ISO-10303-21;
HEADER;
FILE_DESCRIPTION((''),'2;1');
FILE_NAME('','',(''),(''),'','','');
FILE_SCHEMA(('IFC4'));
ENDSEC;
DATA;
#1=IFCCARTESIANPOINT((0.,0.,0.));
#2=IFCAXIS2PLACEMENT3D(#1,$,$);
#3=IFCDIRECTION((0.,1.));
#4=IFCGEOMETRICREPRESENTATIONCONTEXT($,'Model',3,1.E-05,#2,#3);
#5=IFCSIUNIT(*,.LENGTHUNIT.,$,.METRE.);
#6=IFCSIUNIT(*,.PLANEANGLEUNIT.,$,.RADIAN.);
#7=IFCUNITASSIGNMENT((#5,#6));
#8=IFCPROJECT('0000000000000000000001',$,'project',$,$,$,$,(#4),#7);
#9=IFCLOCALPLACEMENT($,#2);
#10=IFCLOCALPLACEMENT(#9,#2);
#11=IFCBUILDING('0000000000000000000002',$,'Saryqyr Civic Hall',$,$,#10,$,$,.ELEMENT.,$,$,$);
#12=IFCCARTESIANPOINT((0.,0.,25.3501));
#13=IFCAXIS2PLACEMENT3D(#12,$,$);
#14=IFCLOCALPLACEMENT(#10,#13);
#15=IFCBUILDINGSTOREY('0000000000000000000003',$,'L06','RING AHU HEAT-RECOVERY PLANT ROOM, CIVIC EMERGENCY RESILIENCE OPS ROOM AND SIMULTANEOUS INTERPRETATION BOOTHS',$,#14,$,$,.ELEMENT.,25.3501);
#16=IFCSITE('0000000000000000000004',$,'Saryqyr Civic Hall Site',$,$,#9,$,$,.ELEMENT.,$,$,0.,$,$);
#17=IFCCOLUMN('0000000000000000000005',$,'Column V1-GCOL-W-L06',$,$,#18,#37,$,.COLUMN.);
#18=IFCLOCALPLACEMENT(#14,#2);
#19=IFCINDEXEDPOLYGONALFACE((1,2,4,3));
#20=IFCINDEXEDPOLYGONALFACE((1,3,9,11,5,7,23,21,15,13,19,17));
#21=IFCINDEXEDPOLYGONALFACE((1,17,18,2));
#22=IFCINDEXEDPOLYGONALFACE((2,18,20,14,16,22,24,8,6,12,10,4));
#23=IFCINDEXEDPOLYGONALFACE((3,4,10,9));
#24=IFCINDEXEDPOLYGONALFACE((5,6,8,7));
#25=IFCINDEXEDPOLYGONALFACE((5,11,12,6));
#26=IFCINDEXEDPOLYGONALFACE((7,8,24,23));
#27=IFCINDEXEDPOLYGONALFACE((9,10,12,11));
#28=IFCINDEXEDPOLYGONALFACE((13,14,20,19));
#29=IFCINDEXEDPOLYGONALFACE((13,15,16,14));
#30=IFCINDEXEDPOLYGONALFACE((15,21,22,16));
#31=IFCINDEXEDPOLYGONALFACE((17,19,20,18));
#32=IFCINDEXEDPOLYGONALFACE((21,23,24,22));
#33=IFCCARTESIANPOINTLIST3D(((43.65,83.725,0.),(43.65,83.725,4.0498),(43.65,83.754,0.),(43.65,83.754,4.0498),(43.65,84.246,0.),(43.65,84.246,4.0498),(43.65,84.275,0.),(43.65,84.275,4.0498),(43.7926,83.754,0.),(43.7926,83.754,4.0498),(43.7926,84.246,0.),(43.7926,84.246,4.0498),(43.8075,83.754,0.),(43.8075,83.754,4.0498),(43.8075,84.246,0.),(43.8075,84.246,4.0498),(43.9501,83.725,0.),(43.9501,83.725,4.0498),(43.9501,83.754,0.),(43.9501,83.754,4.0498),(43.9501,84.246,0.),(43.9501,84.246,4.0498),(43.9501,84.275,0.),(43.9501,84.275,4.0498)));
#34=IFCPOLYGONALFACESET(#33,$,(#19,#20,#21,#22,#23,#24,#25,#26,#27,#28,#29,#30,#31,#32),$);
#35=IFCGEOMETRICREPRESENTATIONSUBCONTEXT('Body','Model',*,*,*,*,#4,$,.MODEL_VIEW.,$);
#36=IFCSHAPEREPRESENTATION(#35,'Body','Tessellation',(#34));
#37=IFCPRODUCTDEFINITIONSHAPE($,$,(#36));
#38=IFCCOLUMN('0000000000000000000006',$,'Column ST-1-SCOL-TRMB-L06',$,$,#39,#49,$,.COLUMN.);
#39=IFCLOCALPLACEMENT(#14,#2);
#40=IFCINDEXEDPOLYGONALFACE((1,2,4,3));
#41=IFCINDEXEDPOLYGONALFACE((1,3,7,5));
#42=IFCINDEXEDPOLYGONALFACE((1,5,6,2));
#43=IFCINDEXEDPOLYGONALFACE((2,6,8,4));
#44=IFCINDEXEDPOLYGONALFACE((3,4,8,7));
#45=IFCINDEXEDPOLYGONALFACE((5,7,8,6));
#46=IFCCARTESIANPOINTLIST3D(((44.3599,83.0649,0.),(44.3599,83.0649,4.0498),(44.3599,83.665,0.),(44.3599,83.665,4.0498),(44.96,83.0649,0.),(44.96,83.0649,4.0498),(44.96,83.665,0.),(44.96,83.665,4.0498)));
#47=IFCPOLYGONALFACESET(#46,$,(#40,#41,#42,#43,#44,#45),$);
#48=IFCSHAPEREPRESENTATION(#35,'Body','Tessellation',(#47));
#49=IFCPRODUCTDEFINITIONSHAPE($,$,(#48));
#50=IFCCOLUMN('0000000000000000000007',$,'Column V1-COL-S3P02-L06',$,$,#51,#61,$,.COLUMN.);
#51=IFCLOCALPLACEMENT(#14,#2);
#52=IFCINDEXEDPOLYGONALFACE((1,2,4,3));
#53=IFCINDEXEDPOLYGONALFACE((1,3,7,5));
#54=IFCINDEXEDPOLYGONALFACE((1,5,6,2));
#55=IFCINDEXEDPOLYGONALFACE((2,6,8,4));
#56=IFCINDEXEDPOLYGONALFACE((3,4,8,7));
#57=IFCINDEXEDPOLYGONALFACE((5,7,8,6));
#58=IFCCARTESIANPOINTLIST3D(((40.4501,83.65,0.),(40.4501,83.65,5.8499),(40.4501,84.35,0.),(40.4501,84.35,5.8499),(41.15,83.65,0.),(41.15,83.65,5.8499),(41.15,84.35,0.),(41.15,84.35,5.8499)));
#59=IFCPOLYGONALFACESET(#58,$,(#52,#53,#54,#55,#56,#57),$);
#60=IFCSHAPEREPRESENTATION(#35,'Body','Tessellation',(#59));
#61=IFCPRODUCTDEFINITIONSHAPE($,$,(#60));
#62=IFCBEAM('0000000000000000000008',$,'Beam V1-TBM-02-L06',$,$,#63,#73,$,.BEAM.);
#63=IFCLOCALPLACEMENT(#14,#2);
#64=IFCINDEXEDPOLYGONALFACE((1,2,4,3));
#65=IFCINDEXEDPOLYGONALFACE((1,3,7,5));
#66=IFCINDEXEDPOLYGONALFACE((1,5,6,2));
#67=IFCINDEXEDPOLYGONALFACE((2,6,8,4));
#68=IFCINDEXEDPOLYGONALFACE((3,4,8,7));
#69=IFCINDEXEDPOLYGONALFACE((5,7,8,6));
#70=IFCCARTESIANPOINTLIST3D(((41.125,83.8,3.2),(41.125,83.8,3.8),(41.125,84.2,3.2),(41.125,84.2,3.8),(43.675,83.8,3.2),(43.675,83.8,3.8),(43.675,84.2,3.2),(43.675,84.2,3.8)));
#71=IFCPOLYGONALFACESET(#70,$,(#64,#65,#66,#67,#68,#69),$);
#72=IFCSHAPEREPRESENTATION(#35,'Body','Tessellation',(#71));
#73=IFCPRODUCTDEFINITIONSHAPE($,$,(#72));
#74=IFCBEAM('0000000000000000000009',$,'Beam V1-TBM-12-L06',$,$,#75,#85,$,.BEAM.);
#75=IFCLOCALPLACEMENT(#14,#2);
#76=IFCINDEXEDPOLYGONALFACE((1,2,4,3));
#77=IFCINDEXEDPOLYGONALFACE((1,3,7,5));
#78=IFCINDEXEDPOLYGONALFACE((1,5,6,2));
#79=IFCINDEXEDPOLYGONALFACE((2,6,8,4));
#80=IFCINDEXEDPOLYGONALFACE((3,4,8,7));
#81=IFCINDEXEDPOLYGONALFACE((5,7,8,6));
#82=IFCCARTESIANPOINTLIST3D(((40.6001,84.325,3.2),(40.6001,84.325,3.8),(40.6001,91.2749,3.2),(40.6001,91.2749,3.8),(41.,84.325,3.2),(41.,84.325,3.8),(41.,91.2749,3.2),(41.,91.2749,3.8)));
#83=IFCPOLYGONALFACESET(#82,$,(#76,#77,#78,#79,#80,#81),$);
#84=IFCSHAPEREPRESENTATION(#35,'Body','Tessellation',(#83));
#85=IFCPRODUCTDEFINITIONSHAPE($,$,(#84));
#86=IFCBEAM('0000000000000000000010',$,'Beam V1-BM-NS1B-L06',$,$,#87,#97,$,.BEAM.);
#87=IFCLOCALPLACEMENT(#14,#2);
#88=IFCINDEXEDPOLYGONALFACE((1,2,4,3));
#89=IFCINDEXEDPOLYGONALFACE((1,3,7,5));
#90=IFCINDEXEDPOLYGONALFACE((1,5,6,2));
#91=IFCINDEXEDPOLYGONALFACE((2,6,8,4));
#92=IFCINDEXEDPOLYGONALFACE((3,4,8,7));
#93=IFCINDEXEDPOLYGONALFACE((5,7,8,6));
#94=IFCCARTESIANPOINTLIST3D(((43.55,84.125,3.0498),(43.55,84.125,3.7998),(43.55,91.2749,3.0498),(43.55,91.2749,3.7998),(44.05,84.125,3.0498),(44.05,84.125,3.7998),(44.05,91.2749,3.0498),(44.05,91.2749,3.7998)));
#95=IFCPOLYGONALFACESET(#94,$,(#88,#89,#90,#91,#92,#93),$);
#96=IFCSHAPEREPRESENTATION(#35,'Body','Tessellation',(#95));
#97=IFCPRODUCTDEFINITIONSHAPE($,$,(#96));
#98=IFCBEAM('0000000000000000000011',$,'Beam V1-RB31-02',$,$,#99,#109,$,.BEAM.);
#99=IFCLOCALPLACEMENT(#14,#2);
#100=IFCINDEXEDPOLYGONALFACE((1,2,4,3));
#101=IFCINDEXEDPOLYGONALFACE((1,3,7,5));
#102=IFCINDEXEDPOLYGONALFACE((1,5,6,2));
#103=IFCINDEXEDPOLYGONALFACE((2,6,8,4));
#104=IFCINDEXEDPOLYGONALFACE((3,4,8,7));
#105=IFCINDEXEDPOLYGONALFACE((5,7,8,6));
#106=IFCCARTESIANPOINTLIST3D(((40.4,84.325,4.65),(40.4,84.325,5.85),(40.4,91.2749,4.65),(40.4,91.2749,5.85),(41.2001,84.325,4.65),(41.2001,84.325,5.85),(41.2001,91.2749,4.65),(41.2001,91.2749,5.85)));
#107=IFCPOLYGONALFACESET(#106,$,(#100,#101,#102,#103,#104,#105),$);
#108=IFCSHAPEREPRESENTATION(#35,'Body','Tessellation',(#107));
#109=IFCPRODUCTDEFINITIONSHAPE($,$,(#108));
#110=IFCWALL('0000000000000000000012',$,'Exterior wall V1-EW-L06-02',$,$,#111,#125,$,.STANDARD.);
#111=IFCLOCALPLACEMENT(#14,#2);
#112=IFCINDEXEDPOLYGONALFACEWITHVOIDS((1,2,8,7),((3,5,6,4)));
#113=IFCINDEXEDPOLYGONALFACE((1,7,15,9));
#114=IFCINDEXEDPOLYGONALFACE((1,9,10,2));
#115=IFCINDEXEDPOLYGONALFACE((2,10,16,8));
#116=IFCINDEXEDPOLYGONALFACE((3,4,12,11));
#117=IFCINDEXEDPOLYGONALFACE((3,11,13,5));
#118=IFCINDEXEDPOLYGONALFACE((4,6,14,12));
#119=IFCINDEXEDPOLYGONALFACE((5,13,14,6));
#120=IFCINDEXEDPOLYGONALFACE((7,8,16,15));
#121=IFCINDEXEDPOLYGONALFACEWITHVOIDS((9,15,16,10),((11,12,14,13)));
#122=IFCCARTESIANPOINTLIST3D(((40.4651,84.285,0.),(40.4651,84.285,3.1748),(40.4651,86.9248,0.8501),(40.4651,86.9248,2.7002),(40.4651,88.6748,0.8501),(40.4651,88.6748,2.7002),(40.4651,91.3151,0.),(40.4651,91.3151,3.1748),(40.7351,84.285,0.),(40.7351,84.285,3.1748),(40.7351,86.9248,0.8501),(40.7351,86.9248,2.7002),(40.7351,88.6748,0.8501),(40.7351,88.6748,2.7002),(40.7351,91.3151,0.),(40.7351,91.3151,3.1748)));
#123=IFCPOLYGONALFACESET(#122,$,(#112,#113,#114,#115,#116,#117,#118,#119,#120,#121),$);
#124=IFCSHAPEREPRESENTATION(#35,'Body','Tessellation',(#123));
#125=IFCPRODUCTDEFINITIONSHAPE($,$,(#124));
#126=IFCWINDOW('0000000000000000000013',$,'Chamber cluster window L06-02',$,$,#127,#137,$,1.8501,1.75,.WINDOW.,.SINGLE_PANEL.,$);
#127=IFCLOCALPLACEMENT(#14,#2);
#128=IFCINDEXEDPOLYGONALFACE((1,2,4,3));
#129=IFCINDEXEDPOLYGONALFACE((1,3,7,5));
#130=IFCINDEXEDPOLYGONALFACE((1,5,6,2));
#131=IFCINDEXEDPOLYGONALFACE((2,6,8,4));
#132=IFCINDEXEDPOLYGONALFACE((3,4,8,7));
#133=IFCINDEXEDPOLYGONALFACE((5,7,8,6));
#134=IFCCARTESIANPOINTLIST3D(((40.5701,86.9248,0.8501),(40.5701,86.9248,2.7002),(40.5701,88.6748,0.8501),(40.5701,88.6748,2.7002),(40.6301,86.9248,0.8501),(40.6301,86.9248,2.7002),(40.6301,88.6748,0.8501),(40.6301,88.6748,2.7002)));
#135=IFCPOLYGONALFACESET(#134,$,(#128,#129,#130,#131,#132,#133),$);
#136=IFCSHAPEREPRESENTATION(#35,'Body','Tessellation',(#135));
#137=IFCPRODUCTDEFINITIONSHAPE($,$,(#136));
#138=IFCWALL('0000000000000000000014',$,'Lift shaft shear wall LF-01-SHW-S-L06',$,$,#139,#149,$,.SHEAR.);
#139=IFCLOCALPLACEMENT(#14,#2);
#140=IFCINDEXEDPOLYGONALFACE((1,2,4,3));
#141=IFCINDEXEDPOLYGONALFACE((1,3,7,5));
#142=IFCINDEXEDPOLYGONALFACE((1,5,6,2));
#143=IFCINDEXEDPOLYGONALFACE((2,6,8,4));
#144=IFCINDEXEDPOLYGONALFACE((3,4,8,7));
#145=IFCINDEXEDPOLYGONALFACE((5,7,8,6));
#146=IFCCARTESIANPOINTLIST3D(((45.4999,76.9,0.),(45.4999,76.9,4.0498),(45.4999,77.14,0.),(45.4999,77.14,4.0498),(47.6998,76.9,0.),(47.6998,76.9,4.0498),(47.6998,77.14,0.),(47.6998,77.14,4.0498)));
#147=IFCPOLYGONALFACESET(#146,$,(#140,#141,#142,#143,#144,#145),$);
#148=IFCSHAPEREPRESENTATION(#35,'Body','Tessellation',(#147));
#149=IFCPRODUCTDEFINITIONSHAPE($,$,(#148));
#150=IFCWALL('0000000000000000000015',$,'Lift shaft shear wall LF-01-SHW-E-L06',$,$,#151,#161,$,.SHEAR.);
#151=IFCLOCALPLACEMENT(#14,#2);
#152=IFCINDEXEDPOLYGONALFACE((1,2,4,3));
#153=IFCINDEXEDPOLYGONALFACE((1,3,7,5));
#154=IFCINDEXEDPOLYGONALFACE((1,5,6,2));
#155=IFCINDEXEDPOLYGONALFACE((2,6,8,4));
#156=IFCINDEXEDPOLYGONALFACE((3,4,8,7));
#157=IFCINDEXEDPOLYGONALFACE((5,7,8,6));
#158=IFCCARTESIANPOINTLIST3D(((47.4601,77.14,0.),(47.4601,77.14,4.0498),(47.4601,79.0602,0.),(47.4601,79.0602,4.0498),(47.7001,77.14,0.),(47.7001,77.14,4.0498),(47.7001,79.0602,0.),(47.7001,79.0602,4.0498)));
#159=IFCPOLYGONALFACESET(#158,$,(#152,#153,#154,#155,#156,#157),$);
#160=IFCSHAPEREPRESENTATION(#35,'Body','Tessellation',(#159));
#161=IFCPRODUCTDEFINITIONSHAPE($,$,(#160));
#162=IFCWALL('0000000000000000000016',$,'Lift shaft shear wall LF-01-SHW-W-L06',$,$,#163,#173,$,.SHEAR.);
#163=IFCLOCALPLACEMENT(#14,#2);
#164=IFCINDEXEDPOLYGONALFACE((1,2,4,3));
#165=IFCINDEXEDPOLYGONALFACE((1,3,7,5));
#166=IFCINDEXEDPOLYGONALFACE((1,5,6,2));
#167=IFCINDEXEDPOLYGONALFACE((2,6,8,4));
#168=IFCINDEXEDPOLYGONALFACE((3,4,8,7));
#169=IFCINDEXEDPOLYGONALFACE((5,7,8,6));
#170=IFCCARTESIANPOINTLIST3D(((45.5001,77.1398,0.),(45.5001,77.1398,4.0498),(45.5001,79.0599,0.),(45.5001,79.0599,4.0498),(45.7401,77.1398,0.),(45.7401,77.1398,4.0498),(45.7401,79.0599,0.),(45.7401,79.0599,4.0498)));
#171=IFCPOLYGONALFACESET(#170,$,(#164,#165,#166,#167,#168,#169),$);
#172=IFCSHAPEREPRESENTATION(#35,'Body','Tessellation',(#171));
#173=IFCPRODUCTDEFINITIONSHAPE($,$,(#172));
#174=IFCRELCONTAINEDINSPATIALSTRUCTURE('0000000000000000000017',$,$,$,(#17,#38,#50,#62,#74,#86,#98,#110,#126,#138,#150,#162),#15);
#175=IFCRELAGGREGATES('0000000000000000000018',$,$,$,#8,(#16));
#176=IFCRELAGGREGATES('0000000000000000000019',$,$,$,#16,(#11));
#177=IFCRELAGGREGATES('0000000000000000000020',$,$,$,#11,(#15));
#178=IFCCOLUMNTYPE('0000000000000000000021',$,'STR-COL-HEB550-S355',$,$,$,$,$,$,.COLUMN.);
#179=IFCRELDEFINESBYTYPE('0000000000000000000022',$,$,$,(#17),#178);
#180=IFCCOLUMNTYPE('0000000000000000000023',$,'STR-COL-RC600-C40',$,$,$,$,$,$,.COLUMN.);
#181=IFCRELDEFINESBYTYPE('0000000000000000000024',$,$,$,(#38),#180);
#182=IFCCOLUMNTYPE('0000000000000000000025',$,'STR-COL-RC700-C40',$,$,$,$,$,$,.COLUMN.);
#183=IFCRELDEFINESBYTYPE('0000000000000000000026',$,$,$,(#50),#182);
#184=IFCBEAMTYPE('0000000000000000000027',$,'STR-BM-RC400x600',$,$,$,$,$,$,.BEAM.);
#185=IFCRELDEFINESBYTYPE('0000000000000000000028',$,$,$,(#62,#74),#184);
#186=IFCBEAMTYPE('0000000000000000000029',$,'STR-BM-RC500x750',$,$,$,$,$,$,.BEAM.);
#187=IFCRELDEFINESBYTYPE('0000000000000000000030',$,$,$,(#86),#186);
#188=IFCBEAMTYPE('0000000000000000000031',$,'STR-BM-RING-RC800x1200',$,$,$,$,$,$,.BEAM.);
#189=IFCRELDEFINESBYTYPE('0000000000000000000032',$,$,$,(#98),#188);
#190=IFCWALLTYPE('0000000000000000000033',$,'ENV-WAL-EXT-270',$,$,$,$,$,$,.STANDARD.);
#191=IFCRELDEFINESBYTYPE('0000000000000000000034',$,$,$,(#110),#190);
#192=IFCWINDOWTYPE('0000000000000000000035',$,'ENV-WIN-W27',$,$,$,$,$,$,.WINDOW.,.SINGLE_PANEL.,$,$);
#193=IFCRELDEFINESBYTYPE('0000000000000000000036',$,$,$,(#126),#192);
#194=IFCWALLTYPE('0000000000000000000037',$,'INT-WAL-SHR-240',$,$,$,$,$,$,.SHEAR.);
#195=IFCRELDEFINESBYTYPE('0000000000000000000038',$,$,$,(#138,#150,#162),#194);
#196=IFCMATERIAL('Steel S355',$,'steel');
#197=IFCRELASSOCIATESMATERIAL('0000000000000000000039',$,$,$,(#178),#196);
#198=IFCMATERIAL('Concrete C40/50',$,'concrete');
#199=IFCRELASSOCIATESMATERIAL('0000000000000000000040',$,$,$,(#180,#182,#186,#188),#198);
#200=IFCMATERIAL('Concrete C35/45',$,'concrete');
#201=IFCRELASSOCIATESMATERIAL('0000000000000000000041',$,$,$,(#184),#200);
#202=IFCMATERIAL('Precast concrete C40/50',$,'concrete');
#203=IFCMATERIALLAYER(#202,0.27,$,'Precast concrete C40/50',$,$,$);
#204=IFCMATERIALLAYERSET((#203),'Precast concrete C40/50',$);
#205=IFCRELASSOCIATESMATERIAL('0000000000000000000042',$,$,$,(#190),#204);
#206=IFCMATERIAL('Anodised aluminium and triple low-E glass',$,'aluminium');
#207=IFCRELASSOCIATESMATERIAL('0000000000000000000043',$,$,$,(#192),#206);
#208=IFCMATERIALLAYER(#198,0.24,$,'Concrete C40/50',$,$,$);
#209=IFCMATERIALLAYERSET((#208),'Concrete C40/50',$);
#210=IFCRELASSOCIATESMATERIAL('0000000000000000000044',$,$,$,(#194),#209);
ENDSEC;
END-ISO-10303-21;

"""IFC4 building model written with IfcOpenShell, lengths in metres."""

from ifc_helpers import new_model, si_unit, direction, frame, frame_2d, origin, origin_2d, place, context, subcontext, project, spatial, rectangle, i_section, extrude, material, layer, layer_set, material_profile, profile_set, type_object, element, fill, save


model = new_model("IFC4")

# Units and contexts
model_context = context("Model", 3, precision=1e-05, world=origin(), true_north=direction((0.0, 1.0)))
body_context = subcontext(model_context, "Body", "Model", "MODEL_VIEW")
ifc_project = project(units=[si_unit("LENGTHUNIT", "METRE"), si_unit("PLANEANGLEUNIT", "RADIAN")], contexts=[model_context])

# Site, building, storey
site_placement = place(None, origin())
site = spatial("IfcSite", under=ifc_project, at=site_placement, Name="Saryqyr Civic Hall Site", CompositionType="ELEMENT", RefElevation=0.0)
building_placement = place(site_placement, origin())
building = spatial("IfcBuilding", under=site, at=building_placement, Name="Saryqyr Civic Hall", CompositionType="ELEMENT")
storey_placement = place(building_placement, frame((0.0, 0.0, 25.3501)))
storey = spatial("IfcBuildingStorey", under=building, at=storey_placement, Name="L06", Description="RING AHU HEAT-RECOVERY PLANT ROOM, CIVIC EMERGENCY RESILIENCE OPS ROOM AND SIMULTANEOUS INTERPRETATION BOOTHS", CompositionType="ELEMENT", Elevation=25.3501)

# Columns
ifc_material_1 = material(Name="Steel S355", Category="steel")
ifc_material_profile_1 = material_profile(ifc_material_1, i_section(OverallWidth=0.3, OverallDepth=0.55, WebThickness=0.0149, FlangeThickness=0.0291, at=origin_2d()), Name="HEB 550")
ifc_profile_set_1 = profile_set([ifc_material_profile_1], Name="Steel S355")
column_type_1 = type_object("IfcColumnType", Name="STR-COL-HEB550-S355", PredefinedType="COLUMN", material=ifc_profile_set_1)
column_1_placement = place(storey_placement, frame((43.8, 84.0, 0.0), z_axis=(0.0, 0.0, 1.0), x_axis=(1.0, 0.0, 0.0)))
element("IfcColumn", 1, at=column_1_placement, inside=storey, type_object=column_type_1, Name="Column V1-GCOL-W-L06", PredefinedType="COLUMN", context=body_context, shape_type="SweptSolid", body=[
    extrude(i_section(OverallWidth=0.3, OverallDepth=0.55, WebThickness=0.0149, FlangeThickness=0.0291, at=origin_2d()), origin(), (0.0, 0.0, 1.0), 4.0498),
])
ifc_material_2 = material(Name="Concrete C40/50", Category="concrete")
ifc_material_profile_2 = material_profile(ifc_material_2, rectangle(XDim=0.6001, YDim=0.6001, at=origin_2d()), Name="RC 600x600")
ifc_profile_set_2 = profile_set([ifc_material_profile_2], Name="Concrete C40/50")
column_type_2 = type_object("IfcColumnType", Name="STR-COL-RC600-C40", PredefinedType="COLUMN", material=ifc_profile_set_2)
column_2_placement = place(storey_placement, frame((44.6599, 83.365, 0.0), z_axis=(0.0, 0.0, 1.0), x_axis=(1.0, 0.0, 0.0)))
element("IfcColumn", 2, at=column_2_placement, inside=storey, type_object=column_type_2, Name="Column ST-1-SCOL-TRMB-L06", PredefinedType="COLUMN", context=body_context, shape_type="SweptSolid", body=[
    extrude(rectangle(XDim=0.6001, YDim=0.6001, at=origin_2d()), origin(), (0.0, 0.0, 1.0), 4.0498),
])
ifc_material_profile_3 = material_profile(ifc_material_2, rectangle(XDim=0.7, YDim=0.7, at=origin_2d()), Name="RC 700x700")
ifc_profile_set_3 = profile_set([ifc_material_profile_3], Name="Concrete C40/50")
column_type_3 = type_object("IfcColumnType", Name="STR-COL-RC700-C40", PredefinedType="COLUMN", material=ifc_profile_set_3)
column_3_placement = place(storey_placement, frame((40.8, 84.0, 0.0), z_axis=(0.0, 0.0, 1.0), x_axis=(1.0, 0.0, 0.0)))
element("IfcColumn", 3, at=column_3_placement, inside=storey, type_object=column_type_3, Name="Column V1-COL-S3P02-L06", PredefinedType="COLUMN", context=body_context, shape_type="SweptSolid", body=[
    extrude(rectangle(XDim=0.7, YDim=0.7, at=origin_2d()), origin(), (0.0, 0.0, 1.0), 5.8499),
])

# Beams
ifc_material_3 = material(Name="Concrete C35/45", Category="concrete")
ifc_material_profile_4 = material_profile(ifc_material_3, rectangle(XDim=0.3999, YDim=0.6001, at=origin_2d()), Name="RC 400x600")
ifc_profile_set_4 = profile_set([ifc_material_profile_4], Name="Concrete C35/45")
beam_type_1 = type_object("IfcBeamType", Name="STR-BM-RC400x600", PredefinedType="BEAM", material=ifc_profile_set_4)
beam_1_placement = place(storey_placement, frame((41.125, 84.0, 3.5), z_axis=(1.0, 0.0, 0.0), x_axis=(0.0, 1.0, 0.0)))
element("IfcBeam", 4, at=beam_1_placement, inside=storey, type_object=beam_type_1, Name="Beam V1-TBM-02-L06", PredefinedType="BEAM", context=body_context, shape_type="SweptSolid", body=[
    extrude(rectangle(XDim=0.3999, YDim=0.6001, at=origin_2d()), origin(), (0.0, 0.0, 1.0), 2.55),
])
beam_2_placement = place(storey_placement, frame((40.8, 84.325, 3.5), z_axis=(0.0, 1.0, 0.0), x_axis=(-1.0, 0.0, 0.0)))
element("IfcBeam", 5, at=beam_2_placement, inside=storey, type_object=beam_type_1, Name="Beam V1-TBM-12-L06", PredefinedType="BEAM", context=body_context, shape_type="SweptSolid", body=[
    extrude(rectangle(XDim=0.3999, YDim=0.6001, at=origin_2d()), origin(), (0.0, 0.0, 1.0), 6.95),
])
ifc_material_profile_5 = material_profile(ifc_material_2, rectangle(XDim=0.5, YDim=0.75, at=origin_2d()), Name="RC 500x750")
ifc_profile_set_5 = profile_set([ifc_material_profile_5], Name="Concrete C40/50")
beam_type_2 = type_object("IfcBeamType", Name="STR-BM-RC500x750", PredefinedType="BEAM", material=ifc_profile_set_5)
beam_3_placement = place(storey_placement, frame((43.8, 84.125, 3.4248), z_axis=(0.0, 1.0, 0.0), x_axis=(-1.0, 0.0, 0.0)))
element("IfcBeam", 6, at=beam_3_placement, inside=storey, type_object=beam_type_2, Name="Beam V1-BM-NS1B-L06", PredefinedType="BEAM", context=body_context, shape_type="SweptSolid", body=[
    extrude(rectangle(XDim=0.5, YDim=0.75, at=origin_2d()), origin(), (0.0, 0.0, 1.0), 7.1499),
])
ifc_material_profile_6 = material_profile(ifc_material_2, rectangle(XDim=0.8, YDim=1.2, at=origin_2d()), Name="RC 800x1200")
ifc_profile_set_6 = profile_set([ifc_material_profile_6], Name="Concrete C40/50")
beam_type_3 = type_object("IfcBeamType", Name="STR-BM-RING-RC800x1200", PredefinedType="BEAM", material=ifc_profile_set_6)
beam_4_placement = place(storey_placement, frame((40.8, 84.325, 5.25), z_axis=(0.0, 1.0, 0.0), x_axis=(-1.0, 0.0, 0.0)))
element("IfcBeam", 7, at=beam_4_placement, inside=storey, type_object=beam_type_3, Name="Beam V1-RB31-02", PredefinedType="BEAM", context=body_context, shape_type="SweptSolid", body=[
    extrude(rectangle(XDim=0.8, YDim=1.2, at=origin_2d()), origin(), (0.0, 0.0, 1.0), 6.95),
])

# Wall, opening, window
ifc_material_4 = material(Name="Precast concrete C40/50", Category="concrete")
ifc_layer_1 = layer(ifc_material_4, 0.27, Name="Precast concrete C40/50")
ifc_layer_set_1 = layer_set([ifc_layer_1], Name="Precast concrete C40/50")
wall_type_1 = type_object("IfcWallType", Name="ENV-WAL-EXT-270", PredefinedType="STANDARD", material=ifc_layer_set_1)
wall_1_placement = place(storey_placement, frame((40.6001, 84.2849, 0.0), z_axis=(0.0, 0.0, 1.0), x_axis=(0.0, 1.0, 0.0)))
wall_1 = element("IfcWall", 8, at=wall_1_placement, inside=storey, type_object=wall_type_1, Name="Exterior wall V1-EW-L06-02", PredefinedType="STANDARD", context=body_context, shape_type="SweptSolid", body=[
    extrude(rectangle(XDim=7.03, YDim=0.27, at=frame_2d((3.5151, 0.0))), origin(), (0.0, 0.0, 1.0), 3.1748),
])
opening_1_placement = place(wall_1_placement, frame((2.6399, 0.0, 0.8501)))
opening_1 = element("IfcOpeningElement", 9, at=opening_1_placement, cuts=wall_1, PredefinedType="OPENING", context=body_context, shape_type="SweptSolid", body=[
    extrude(rectangle(XDim=1.75, YDim=1.8501, at=frame_2d((0.875, 0.925))), frame((0.0, 0.145, 0.0), z_axis=(0.0, -1.0, 0.0), x_axis=(1.0, 0.0, 0.0)), (0.0, 0.0, 1.0), 0.29),
])
ifc_material_5 = material(Name="Anodised aluminium and triple low-E glass", Category="aluminium")
window_type = type_object("IfcWindowType", Name="ENV-WIN-W27", PartitioningType="SINGLE_PANEL", PredefinedType="WINDOW", material=ifc_material_5)
window_placement = place(opening_1_placement, origin())
window = element("IfcWindow", 10, at=window_placement, inside=storey, type_object=window_type, Name="Chamber cluster window L06-02", OverallHeight=1.8501, OverallWidth=1.75, PartitioningType="SINGLE_PANEL", PredefinedType="WINDOW", context=body_context, shape_type="SweptSolid", body=[
    extrude(rectangle(XDim=1.75, YDim=1.8501, at=frame_2d((0.875, 0.925))), frame((0.0, 0.03, 0.0), z_axis=(0.0, -1.0, 0.0), x_axis=(1.0, 0.0, 0.0)), (0.0, 0.0, 1.0), 0.0601),
])
fill(opening_1, window)

# Walls
ifc_layer_2 = layer(ifc_material_2, 0.24, Name="Concrete C40/50")
ifc_layer_set_2 = layer_set([ifc_layer_2], Name="Concrete C40/50")
wall_type_2 = type_object("IfcWallType", Name="INT-WAL-SHR-240", PredefinedType="SHEAR", material=ifc_layer_set_2)
wall_2_placement = place(storey_placement, frame((47.7, 77.02, 0.0), z_axis=(0.0, 0.0, 1.0), x_axis=(-1.0, 0.0, 0.0)))
element("IfcWall", 11, at=wall_2_placement, inside=storey, type_object=wall_type_2, Name="Lift shaft shear wall LF-01-SHW-S-L06", PredefinedType="SHEAR", context=body_context, shape_type="SweptSolid", body=[
    extrude(rectangle(XDim=2.2, YDim=0.24, at=frame_2d((1.1001, 0.0))), origin(), (0.0, 0.0, 1.0), 4.0498),
])
wall_3_placement = place(storey_placement, frame((47.5801, 79.0601, 0.0), z_axis=(0.0, 0.0, 1.0), x_axis=(0.0, -1.0, 0.0)))
element("IfcWall", 12, at=wall_3_placement, inside=storey, type_object=wall_type_2, Name="Lift shaft shear wall LF-01-SHW-E-L06", PredefinedType="SHEAR", context=body_context, shape_type="SweptSolid", body=[
    extrude(rectangle(XDim=1.9202, YDim=0.24, at=frame_2d((0.96, 0.0))), origin(), (0.0, 0.0, 1.0), 4.0498),
])

# Wall
wall_4_placement = place(storey_placement, frame((45.6201, 77.1399, 0.0), z_axis=(0.0, 0.0, 1.0), x_axis=(0.0, 1.0, 0.0)))
element("IfcWall", 13, at=wall_4_placement, inside=storey, type_object=wall_type_2, Name="Lift shaft shear wall LF-01-SHW-W-L06", PredefinedType="SHEAR", context=body_context, shape_type="SweptSolid", body=[
    extrude(rectangle(XDim=1.9202, YDim=0.24, at=frame_2d((0.96, 0.0))), origin(), (0.0, 0.0, 1.0), 4.0498),
])

save(model, "model.ifc")
